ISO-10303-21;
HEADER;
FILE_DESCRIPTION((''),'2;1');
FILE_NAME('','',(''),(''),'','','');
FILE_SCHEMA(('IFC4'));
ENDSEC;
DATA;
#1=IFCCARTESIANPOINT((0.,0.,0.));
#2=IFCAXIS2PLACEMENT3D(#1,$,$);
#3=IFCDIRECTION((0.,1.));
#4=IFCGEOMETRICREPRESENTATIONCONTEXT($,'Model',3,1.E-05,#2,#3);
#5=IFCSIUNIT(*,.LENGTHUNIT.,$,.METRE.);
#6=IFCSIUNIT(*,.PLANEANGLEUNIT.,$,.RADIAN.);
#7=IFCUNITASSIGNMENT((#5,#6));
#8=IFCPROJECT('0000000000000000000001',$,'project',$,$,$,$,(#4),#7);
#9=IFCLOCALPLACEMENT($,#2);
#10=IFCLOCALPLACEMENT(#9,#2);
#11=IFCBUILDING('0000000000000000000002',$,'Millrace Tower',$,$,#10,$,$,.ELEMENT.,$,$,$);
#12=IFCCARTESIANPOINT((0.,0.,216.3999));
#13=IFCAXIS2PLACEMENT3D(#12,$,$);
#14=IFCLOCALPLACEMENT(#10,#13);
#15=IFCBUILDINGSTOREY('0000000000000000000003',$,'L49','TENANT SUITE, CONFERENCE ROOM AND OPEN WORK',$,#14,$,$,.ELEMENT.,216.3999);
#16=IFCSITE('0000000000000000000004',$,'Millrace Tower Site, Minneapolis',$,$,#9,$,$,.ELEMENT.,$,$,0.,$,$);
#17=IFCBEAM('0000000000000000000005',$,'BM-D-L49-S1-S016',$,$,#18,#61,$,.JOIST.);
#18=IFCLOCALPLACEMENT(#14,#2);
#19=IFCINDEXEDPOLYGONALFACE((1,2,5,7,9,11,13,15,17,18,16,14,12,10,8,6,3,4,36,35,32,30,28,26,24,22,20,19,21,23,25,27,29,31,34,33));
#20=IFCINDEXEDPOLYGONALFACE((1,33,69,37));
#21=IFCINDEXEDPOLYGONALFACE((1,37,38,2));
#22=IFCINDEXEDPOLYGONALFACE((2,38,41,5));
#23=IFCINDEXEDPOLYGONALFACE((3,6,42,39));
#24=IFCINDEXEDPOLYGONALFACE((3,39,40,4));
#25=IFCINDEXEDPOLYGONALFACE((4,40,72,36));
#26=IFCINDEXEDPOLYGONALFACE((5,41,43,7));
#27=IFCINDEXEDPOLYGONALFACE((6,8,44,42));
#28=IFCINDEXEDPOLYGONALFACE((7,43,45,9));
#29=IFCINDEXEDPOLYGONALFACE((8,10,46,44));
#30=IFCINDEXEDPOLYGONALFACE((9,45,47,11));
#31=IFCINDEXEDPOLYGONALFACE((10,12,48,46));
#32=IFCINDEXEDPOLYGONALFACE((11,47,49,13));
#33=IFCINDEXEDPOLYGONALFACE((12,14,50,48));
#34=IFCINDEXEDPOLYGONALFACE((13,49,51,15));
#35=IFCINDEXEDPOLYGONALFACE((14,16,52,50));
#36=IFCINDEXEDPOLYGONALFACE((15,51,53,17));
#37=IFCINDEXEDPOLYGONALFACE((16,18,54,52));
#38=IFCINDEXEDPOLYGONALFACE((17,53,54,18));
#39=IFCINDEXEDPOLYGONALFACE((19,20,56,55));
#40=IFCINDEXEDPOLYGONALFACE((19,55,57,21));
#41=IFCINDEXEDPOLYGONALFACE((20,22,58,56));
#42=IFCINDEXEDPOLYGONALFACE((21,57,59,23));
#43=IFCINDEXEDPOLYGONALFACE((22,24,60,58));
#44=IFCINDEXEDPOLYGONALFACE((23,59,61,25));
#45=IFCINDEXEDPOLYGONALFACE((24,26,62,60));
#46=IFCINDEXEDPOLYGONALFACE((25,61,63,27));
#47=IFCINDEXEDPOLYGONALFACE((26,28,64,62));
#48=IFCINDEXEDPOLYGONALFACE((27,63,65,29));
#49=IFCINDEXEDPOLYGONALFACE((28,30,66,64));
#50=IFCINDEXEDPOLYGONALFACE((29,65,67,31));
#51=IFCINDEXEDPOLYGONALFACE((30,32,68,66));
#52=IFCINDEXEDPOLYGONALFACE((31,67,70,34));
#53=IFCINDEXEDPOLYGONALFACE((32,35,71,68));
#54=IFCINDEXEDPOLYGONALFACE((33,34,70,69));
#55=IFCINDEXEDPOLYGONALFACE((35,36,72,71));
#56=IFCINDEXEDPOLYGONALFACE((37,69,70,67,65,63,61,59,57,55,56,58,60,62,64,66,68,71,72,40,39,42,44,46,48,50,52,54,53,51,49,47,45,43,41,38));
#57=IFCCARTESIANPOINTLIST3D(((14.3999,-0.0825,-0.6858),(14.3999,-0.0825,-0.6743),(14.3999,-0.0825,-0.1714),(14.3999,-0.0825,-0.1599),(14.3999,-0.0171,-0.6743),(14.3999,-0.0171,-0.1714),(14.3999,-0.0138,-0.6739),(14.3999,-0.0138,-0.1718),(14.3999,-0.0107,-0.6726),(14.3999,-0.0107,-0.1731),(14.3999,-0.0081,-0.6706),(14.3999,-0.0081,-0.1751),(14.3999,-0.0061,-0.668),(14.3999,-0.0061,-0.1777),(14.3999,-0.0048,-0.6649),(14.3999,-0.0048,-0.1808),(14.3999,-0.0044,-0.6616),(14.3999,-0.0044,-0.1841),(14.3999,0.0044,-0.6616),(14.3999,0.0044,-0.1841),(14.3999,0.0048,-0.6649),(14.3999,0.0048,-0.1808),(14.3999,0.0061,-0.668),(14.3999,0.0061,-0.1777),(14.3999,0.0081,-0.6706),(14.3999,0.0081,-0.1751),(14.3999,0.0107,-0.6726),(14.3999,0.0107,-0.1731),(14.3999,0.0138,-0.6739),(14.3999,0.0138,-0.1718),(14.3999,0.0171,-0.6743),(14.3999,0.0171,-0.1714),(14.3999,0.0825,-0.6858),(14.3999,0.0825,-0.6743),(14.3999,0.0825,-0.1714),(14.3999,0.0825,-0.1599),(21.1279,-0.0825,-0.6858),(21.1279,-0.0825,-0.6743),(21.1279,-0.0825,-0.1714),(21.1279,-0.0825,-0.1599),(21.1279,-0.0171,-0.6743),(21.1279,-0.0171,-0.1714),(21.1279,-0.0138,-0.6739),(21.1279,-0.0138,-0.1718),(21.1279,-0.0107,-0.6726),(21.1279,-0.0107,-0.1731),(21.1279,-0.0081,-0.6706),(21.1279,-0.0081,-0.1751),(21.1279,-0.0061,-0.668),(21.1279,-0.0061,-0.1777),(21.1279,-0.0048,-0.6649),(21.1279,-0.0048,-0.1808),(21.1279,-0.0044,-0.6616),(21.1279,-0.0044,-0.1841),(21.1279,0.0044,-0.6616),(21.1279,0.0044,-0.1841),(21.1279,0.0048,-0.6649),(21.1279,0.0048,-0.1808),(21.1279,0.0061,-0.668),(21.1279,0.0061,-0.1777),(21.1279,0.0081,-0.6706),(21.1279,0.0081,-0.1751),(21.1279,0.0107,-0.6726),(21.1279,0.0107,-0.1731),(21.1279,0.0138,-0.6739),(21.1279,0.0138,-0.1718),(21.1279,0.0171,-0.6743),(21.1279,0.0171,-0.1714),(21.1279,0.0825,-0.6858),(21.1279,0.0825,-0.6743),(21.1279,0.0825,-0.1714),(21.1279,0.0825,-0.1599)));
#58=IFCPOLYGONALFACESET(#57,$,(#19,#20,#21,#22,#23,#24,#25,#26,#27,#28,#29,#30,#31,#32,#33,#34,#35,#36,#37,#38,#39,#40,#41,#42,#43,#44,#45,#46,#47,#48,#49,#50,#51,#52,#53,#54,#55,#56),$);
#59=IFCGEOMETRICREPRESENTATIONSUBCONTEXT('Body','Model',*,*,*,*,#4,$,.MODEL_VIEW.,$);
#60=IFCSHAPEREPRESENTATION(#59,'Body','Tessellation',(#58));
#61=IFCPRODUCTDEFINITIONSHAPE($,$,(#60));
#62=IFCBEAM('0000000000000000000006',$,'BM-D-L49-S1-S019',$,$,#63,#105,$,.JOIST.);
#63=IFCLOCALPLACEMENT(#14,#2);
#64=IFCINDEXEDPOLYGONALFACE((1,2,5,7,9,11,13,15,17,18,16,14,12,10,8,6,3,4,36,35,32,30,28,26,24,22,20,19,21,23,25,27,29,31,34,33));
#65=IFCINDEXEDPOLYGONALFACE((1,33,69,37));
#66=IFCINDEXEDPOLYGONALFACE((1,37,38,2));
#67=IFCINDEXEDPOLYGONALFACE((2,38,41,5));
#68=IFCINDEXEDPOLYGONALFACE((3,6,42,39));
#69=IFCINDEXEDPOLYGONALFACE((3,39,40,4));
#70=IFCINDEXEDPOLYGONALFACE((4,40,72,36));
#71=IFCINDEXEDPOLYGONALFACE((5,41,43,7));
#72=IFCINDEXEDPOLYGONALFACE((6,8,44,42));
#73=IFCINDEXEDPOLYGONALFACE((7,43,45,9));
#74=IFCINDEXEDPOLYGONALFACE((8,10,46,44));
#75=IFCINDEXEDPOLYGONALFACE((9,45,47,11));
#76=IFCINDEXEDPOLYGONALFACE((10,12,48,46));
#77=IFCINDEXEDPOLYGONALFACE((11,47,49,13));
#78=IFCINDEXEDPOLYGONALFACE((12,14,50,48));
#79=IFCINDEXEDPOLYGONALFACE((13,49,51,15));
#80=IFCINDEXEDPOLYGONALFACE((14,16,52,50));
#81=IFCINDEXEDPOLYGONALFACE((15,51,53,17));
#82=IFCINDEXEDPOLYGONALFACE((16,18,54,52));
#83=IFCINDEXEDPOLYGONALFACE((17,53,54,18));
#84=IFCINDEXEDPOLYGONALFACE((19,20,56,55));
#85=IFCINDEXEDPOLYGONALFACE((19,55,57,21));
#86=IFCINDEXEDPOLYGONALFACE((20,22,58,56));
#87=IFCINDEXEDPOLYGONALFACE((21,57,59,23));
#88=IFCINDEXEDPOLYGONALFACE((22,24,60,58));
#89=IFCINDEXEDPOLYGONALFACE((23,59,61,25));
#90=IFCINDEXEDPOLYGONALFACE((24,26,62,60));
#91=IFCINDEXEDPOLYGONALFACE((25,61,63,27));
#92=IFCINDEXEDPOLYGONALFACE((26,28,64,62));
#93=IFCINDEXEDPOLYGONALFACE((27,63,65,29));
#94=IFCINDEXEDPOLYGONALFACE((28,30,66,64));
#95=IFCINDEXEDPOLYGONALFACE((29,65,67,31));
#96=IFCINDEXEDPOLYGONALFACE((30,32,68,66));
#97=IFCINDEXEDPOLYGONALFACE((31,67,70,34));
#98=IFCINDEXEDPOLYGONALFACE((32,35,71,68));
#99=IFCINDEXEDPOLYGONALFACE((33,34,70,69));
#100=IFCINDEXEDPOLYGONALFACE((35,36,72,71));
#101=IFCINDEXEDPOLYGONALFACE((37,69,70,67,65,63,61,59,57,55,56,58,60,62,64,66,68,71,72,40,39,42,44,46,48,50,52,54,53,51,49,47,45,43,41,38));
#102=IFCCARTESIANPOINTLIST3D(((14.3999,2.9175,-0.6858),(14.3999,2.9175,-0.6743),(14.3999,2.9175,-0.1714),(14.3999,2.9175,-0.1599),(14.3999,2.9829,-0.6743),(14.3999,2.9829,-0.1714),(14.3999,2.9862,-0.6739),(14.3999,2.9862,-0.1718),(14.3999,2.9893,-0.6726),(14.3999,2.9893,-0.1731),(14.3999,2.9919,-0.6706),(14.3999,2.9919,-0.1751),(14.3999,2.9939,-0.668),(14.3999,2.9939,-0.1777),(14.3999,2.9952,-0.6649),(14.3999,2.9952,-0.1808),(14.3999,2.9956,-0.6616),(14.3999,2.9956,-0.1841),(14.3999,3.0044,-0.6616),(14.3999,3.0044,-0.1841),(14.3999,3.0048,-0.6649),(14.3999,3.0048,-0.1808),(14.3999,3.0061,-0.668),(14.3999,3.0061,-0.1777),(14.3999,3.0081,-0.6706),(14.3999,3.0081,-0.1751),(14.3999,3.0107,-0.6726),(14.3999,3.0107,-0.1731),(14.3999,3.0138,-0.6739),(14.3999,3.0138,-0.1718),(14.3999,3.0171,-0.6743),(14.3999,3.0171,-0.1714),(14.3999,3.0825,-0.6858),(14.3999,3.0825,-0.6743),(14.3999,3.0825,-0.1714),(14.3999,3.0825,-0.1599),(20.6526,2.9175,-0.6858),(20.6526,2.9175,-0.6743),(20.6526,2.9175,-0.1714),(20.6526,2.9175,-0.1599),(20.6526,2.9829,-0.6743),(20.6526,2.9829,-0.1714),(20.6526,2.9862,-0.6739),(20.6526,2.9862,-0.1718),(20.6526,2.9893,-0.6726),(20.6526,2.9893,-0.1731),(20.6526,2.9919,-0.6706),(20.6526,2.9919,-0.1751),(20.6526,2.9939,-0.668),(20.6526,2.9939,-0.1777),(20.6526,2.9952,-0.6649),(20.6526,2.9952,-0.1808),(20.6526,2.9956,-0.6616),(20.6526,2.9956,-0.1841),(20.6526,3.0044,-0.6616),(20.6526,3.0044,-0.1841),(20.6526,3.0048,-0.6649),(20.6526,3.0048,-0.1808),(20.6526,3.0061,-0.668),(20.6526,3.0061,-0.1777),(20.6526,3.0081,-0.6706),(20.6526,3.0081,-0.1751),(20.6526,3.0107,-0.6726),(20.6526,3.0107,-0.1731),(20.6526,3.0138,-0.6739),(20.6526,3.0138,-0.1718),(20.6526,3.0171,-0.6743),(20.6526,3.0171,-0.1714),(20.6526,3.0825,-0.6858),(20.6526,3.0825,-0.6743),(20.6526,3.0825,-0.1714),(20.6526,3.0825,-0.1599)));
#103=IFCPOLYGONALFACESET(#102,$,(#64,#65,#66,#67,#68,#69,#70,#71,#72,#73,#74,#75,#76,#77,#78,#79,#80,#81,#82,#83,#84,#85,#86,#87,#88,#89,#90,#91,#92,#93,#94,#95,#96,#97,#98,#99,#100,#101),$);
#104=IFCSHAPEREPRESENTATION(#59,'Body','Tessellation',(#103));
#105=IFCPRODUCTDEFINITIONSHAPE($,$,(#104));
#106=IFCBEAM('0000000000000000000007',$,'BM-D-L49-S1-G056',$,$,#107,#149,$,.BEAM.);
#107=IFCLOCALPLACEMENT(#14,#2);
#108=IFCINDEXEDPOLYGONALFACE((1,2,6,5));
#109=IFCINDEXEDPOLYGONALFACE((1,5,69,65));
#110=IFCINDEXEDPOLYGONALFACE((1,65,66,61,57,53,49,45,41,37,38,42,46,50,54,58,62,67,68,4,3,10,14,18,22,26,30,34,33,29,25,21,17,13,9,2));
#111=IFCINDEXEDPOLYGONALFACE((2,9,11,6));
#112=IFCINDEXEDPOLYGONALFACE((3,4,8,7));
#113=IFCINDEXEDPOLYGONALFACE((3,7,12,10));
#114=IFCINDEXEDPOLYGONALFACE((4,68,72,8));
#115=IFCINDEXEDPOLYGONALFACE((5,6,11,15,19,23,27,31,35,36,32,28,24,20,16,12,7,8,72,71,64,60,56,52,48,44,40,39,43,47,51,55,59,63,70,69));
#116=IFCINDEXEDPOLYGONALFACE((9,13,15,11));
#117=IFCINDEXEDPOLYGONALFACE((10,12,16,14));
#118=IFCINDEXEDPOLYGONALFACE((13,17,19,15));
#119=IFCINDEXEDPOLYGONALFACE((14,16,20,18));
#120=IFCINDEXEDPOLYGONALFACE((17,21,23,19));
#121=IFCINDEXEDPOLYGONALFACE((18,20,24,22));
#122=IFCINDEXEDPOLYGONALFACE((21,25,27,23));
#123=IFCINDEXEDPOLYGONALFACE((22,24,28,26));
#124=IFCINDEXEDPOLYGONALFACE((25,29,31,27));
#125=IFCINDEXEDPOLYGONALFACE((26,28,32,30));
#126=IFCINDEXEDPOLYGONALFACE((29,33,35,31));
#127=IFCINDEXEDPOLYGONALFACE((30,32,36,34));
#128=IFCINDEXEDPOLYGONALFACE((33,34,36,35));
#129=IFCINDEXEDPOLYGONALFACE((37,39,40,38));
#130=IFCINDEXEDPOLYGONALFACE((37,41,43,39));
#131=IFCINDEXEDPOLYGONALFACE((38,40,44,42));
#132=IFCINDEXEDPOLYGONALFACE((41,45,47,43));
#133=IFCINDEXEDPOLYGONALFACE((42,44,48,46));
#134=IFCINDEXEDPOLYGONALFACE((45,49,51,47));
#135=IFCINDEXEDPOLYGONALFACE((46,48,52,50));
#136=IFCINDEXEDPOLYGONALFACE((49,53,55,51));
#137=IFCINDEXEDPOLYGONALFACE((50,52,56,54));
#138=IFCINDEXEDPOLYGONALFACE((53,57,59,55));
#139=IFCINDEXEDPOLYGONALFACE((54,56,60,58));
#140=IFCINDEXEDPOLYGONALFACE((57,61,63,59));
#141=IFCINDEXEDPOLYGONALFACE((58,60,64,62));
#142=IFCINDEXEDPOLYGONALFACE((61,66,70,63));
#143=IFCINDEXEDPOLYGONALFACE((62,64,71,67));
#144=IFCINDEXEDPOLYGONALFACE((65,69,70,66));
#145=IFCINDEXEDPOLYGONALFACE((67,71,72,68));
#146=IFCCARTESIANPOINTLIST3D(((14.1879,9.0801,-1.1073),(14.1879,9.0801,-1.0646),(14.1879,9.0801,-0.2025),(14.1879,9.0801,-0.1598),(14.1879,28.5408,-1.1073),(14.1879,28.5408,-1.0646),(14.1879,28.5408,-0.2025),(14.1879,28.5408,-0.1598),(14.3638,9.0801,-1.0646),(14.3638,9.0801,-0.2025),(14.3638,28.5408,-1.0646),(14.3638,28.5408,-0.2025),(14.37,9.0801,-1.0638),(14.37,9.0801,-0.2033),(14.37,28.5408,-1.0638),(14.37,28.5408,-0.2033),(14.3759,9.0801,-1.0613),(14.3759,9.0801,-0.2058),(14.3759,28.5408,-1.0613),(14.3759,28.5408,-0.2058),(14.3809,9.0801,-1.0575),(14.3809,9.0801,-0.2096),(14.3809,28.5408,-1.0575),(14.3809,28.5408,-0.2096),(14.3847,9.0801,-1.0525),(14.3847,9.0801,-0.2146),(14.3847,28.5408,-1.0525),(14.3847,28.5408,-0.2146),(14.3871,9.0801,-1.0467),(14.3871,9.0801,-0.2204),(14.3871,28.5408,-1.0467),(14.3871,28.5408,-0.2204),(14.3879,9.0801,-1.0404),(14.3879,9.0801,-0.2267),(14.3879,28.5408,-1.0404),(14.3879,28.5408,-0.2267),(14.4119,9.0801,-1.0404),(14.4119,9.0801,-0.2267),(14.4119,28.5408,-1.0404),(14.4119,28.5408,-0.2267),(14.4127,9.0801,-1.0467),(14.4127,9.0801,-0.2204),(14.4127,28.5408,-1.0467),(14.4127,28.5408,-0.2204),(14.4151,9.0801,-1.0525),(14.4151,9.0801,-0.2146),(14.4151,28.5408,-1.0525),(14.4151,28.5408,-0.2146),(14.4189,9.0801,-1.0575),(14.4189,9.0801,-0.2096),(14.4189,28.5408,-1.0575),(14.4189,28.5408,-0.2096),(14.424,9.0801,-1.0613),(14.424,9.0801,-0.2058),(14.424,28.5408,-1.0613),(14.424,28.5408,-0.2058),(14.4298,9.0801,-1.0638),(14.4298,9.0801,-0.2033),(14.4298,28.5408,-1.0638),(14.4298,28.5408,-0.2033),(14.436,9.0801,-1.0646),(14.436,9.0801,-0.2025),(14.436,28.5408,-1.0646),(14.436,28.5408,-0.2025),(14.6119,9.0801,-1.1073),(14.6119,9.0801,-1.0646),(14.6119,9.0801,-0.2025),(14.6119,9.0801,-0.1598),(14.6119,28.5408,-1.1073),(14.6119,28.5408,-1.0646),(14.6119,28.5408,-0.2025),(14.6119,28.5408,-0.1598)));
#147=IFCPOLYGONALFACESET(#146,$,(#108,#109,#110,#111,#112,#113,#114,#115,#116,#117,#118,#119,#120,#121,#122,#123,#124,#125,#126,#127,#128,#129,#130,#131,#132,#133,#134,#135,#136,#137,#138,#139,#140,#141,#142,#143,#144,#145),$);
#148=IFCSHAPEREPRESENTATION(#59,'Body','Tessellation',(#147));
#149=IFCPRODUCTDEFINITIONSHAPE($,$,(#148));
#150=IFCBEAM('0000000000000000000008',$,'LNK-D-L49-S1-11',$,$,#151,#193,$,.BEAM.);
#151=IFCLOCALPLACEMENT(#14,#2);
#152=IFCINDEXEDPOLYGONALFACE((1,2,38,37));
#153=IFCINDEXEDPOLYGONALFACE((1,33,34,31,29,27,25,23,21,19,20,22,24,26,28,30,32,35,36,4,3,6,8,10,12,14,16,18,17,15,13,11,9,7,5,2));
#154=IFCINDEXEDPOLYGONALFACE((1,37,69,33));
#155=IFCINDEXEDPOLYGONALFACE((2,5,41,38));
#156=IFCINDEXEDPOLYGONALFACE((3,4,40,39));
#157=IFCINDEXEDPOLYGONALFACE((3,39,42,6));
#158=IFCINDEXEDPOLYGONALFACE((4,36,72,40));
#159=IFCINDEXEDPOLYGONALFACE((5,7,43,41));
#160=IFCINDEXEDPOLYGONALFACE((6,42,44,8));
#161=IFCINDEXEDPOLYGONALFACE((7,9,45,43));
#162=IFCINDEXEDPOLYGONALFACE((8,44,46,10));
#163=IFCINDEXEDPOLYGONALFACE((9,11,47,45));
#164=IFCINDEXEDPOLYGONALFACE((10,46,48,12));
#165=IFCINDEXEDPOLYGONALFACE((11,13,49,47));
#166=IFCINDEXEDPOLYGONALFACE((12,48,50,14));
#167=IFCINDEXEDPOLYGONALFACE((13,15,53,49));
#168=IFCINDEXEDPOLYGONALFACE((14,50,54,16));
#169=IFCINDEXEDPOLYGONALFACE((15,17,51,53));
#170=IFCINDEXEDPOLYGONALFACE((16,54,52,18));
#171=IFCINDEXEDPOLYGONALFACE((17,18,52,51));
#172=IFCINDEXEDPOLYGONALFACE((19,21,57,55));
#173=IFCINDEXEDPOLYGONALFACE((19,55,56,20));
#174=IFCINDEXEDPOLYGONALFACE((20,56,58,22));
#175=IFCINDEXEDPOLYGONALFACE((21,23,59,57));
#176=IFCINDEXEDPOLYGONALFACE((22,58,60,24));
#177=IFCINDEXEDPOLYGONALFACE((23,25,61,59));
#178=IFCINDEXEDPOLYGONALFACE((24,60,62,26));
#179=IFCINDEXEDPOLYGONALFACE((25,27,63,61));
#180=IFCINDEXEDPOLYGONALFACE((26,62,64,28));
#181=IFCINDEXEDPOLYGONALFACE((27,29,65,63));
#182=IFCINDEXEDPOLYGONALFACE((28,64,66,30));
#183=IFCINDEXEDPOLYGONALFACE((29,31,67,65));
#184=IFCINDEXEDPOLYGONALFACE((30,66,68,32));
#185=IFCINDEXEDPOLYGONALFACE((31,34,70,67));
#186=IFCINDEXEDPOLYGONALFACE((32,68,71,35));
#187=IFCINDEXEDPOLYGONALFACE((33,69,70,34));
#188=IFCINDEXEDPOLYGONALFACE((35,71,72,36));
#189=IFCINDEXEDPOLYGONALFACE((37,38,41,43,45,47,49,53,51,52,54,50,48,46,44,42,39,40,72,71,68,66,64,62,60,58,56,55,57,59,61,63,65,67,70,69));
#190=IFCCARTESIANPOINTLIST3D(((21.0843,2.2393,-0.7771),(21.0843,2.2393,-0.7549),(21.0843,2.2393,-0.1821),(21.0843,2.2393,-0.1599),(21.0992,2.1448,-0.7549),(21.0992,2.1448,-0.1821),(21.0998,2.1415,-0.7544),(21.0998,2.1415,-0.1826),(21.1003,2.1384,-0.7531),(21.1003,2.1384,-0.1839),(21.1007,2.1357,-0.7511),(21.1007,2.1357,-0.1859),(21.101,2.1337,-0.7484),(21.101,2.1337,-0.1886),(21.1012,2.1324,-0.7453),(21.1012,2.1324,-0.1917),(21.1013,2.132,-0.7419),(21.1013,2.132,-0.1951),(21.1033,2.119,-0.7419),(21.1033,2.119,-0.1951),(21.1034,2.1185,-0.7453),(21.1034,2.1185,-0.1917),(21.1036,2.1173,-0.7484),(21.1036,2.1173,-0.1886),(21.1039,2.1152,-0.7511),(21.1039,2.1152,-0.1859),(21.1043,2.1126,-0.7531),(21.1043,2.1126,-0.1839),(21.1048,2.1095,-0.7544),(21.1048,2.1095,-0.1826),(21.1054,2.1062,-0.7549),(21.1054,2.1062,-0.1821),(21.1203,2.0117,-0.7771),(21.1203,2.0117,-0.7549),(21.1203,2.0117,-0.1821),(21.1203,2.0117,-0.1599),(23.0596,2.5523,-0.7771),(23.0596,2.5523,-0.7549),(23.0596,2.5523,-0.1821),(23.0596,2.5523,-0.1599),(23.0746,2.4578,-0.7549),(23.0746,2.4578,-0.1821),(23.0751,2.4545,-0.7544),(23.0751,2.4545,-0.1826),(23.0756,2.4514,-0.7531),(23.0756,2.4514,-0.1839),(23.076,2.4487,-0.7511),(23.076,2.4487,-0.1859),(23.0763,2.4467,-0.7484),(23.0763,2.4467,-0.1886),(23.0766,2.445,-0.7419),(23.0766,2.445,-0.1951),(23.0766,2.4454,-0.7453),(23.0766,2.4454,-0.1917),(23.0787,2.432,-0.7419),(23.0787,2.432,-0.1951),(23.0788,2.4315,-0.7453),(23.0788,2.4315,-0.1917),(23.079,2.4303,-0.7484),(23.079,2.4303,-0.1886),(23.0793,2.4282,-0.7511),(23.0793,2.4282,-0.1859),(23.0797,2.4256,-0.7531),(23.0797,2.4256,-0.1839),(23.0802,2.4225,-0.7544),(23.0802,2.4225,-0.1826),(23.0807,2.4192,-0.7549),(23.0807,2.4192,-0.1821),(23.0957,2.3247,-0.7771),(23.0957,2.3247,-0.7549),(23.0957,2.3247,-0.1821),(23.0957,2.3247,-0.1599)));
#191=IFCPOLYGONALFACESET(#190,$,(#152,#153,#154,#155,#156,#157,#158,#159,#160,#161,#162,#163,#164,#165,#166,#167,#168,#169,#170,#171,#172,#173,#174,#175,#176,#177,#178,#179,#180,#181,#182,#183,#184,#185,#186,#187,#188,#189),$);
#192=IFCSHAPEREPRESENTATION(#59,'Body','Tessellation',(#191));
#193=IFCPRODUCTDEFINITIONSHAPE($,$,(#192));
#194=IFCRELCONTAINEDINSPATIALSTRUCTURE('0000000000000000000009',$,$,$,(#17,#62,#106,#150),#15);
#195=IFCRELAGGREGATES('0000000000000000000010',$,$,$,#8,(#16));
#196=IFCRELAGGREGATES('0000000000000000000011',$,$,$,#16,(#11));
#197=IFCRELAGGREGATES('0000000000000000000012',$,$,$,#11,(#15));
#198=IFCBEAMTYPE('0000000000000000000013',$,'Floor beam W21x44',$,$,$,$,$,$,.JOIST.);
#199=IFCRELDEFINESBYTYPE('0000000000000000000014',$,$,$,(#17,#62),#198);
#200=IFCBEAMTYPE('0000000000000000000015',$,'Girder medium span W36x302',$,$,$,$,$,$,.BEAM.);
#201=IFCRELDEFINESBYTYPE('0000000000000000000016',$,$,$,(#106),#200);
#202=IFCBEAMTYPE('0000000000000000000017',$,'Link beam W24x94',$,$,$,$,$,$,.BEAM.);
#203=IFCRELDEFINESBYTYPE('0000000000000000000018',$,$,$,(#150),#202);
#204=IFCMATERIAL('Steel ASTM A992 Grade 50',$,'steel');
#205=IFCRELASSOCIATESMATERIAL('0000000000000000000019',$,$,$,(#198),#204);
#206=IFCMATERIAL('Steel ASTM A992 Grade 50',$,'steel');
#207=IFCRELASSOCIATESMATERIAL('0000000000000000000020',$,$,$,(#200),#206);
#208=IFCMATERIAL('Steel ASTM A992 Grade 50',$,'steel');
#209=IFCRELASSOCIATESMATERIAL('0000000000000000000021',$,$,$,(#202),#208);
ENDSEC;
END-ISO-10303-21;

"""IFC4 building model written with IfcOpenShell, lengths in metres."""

from ifc_helpers import new_model, si_unit, direction, frame, origin, origin_2d, place, context, subcontext, project, spatial, i_section, extrude, material, material_profile, profile_set, type_object, element, save


model = new_model("IFC4")

# Units and contexts
model_context = context("Model", 3, precision=1e-05, world=origin(), true_north=direction((0.0, 1.0)))
body_context = subcontext(model_context, "Body", "Model", "MODEL_VIEW")
ifc_project = project(units=[si_unit("LENGTHUNIT", "METRE"), si_unit("PLANEANGLEUNIT", "RADIAN")], contexts=[model_context])

# Site, building, storey
site_placement = place(None, origin())
site = spatial("IfcSite", under=ifc_project, at=site_placement, Name="Millrace Tower Site, Minneapolis", CompositionType="ELEMENT", RefElevation=0.0)
building_placement = place(site_placement, origin())
building = spatial("IfcBuilding", under=site, at=building_placement, Name="Millrace Tower", CompositionType="ELEMENT")
storey_placement = place(building_placement, frame((0.0, 0.0, 216.3999)))
storey = spatial("IfcBuildingStorey", under=building, at=storey_placement, Name="L49", Description="TENANT SUITE, CONFERENCE ROOM AND OPEN WORK", CompositionType="ELEMENT", Elevation=216.3999)

# Beams
ifc_material_1 = material(Name="Steel ASTM A992 Grade 50", Category="steel")
ifc_material_profile_1 = material_profile(ifc_material_1, i_section(OverallWidth=0.165, OverallDepth=0.5259, WebThickness=0.0088, FlangeThickness=0.0115, FilletRadius=0.0127, at=origin_2d()))
ifc_profile_set_1 = profile_set([ifc_material_profile_1], Name="Steel ASTM A992 Grade 50")
beam_type_1 = type_object("IfcBeamType", Name="Floor beam W21x44", PredefinedType="JOIST", material=ifc_profile_set_1)
beam_1_placement = place(storey_placement, frame((14.3999, 0.0, -0.4229), z_axis=(1.0, 0.0, 0.0), x_axis=(0.0, 1.0, 0.0)))
element("IfcBeam", 1, at=beam_1_placement, inside=storey, type_object=beam_type_1, Name="BM-D-L49-S1-S016", PredefinedType="JOIST", context=body_context, shape_type="SweptSolid", body=[
    extrude(i_section(OverallWidth=0.165, OverallDepth=0.5259, WebThickness=0.0088, FlangeThickness=0.0115, FilletRadius=0.0127, at=origin_2d()), origin(), (0.0, 0.0, 1.0), 6.728),
])
beam_2_placement = place(storey_placement, frame((14.3999, 3.0, -0.4229), z_axis=(1.0, 0.0, 0.0), x_axis=(0.0, 1.0, 0.0)))
element("IfcBeam", 2, at=beam_2_placement, inside=storey, type_object=beam_type_1, Name="BM-D-L49-S1-S019", PredefinedType="JOIST", context=body_context, shape_type="SweptSolid", body=[
    extrude(i_section(OverallWidth=0.165, OverallDepth=0.5259, WebThickness=0.0088, FlangeThickness=0.0115, FilletRadius=0.0127, at=origin_2d()), origin(), (0.0, 0.0, 1.0), 6.2527),
])
ifc_material_2 = material(Name="Steel ASTM A992 Grade 50", Category="steel")
ifc_material_profile_2 = material_profile(ifc_material_2, i_section(OverallWidth=0.4241, OverallDepth=0.9475, WebThickness=0.0239, FlangeThickness=0.0427, FilletRadius=0.0242, at=origin_2d()))
ifc_profile_set_2 = profile_set([ifc_material_profile_2], Name="Steel ASTM A992 Grade 50")
beam_type_2 = type_object("IfcBeamType", Name="Girder medium span W36x302", PredefinedType="BEAM", material=ifc_profile_set_2)
beam_3_placement = place(storey_placement, frame((14.3999, 9.0801, -0.6335), z_axis=(0.0, 1.0, 0.0), x_axis=(-1.0, 0.0, 0.0)))
element("IfcBeam", 3, at=beam_3_placement, inside=storey, type_object=beam_type_2, Name="BM-D-L49-S1-G056", PredefinedType="BEAM", context=body_context, shape_type="SweptSolid", body=[
    extrude(i_section(OverallWidth=0.4241, OverallDepth=0.9475, WebThickness=0.0239, FlangeThickness=0.0427, FilletRadius=0.0242, at=origin_2d()), origin(), (0.0, 0.0, 1.0), 19.4607),
])
ifc_material_3 = material(Name="Steel ASTM A992 Grade 50", Category="steel")
ifc_material_profile_3 = material_profile(ifc_material_3, i_section(OverallWidth=0.2305, OverallDepth=0.6172, WebThickness=0.0132, FlangeThickness=0.0222, FilletRadius=0.0129, at=origin_2d()))
ifc_profile_set_3 = profile_set([ifc_material_profile_3], Name="Steel ASTM A992 Grade 50")
beam_type_3 = type_object("IfcBeamType", Name="Link beam W24x94", PredefinedType="BEAM", material=ifc_profile_set_3)
beam_4_placement = place(storey_placement, frame((21.1023, 2.1255, -0.4685), z_axis=(0.987679, 0.156495, 0.0), x_axis=(-0.156495, 0.987679, 0.0)))
element("IfcBeam", 4, at=beam_4_placement, inside=storey, type_object=beam_type_3, Name="LNK-D-L49-S1-11", PredefinedType="BEAM", context=body_context, shape_type="SweptSolid", body=[
    extrude(i_section(OverallWidth=0.2305, OverallDepth=0.6172, WebThickness=0.0132, FlangeThickness=0.0222, FilletRadius=0.0129, at=origin_2d()), origin(), (0.0, 0.0, 1.0), 2.0),
])

save(model, "model.ifc")
